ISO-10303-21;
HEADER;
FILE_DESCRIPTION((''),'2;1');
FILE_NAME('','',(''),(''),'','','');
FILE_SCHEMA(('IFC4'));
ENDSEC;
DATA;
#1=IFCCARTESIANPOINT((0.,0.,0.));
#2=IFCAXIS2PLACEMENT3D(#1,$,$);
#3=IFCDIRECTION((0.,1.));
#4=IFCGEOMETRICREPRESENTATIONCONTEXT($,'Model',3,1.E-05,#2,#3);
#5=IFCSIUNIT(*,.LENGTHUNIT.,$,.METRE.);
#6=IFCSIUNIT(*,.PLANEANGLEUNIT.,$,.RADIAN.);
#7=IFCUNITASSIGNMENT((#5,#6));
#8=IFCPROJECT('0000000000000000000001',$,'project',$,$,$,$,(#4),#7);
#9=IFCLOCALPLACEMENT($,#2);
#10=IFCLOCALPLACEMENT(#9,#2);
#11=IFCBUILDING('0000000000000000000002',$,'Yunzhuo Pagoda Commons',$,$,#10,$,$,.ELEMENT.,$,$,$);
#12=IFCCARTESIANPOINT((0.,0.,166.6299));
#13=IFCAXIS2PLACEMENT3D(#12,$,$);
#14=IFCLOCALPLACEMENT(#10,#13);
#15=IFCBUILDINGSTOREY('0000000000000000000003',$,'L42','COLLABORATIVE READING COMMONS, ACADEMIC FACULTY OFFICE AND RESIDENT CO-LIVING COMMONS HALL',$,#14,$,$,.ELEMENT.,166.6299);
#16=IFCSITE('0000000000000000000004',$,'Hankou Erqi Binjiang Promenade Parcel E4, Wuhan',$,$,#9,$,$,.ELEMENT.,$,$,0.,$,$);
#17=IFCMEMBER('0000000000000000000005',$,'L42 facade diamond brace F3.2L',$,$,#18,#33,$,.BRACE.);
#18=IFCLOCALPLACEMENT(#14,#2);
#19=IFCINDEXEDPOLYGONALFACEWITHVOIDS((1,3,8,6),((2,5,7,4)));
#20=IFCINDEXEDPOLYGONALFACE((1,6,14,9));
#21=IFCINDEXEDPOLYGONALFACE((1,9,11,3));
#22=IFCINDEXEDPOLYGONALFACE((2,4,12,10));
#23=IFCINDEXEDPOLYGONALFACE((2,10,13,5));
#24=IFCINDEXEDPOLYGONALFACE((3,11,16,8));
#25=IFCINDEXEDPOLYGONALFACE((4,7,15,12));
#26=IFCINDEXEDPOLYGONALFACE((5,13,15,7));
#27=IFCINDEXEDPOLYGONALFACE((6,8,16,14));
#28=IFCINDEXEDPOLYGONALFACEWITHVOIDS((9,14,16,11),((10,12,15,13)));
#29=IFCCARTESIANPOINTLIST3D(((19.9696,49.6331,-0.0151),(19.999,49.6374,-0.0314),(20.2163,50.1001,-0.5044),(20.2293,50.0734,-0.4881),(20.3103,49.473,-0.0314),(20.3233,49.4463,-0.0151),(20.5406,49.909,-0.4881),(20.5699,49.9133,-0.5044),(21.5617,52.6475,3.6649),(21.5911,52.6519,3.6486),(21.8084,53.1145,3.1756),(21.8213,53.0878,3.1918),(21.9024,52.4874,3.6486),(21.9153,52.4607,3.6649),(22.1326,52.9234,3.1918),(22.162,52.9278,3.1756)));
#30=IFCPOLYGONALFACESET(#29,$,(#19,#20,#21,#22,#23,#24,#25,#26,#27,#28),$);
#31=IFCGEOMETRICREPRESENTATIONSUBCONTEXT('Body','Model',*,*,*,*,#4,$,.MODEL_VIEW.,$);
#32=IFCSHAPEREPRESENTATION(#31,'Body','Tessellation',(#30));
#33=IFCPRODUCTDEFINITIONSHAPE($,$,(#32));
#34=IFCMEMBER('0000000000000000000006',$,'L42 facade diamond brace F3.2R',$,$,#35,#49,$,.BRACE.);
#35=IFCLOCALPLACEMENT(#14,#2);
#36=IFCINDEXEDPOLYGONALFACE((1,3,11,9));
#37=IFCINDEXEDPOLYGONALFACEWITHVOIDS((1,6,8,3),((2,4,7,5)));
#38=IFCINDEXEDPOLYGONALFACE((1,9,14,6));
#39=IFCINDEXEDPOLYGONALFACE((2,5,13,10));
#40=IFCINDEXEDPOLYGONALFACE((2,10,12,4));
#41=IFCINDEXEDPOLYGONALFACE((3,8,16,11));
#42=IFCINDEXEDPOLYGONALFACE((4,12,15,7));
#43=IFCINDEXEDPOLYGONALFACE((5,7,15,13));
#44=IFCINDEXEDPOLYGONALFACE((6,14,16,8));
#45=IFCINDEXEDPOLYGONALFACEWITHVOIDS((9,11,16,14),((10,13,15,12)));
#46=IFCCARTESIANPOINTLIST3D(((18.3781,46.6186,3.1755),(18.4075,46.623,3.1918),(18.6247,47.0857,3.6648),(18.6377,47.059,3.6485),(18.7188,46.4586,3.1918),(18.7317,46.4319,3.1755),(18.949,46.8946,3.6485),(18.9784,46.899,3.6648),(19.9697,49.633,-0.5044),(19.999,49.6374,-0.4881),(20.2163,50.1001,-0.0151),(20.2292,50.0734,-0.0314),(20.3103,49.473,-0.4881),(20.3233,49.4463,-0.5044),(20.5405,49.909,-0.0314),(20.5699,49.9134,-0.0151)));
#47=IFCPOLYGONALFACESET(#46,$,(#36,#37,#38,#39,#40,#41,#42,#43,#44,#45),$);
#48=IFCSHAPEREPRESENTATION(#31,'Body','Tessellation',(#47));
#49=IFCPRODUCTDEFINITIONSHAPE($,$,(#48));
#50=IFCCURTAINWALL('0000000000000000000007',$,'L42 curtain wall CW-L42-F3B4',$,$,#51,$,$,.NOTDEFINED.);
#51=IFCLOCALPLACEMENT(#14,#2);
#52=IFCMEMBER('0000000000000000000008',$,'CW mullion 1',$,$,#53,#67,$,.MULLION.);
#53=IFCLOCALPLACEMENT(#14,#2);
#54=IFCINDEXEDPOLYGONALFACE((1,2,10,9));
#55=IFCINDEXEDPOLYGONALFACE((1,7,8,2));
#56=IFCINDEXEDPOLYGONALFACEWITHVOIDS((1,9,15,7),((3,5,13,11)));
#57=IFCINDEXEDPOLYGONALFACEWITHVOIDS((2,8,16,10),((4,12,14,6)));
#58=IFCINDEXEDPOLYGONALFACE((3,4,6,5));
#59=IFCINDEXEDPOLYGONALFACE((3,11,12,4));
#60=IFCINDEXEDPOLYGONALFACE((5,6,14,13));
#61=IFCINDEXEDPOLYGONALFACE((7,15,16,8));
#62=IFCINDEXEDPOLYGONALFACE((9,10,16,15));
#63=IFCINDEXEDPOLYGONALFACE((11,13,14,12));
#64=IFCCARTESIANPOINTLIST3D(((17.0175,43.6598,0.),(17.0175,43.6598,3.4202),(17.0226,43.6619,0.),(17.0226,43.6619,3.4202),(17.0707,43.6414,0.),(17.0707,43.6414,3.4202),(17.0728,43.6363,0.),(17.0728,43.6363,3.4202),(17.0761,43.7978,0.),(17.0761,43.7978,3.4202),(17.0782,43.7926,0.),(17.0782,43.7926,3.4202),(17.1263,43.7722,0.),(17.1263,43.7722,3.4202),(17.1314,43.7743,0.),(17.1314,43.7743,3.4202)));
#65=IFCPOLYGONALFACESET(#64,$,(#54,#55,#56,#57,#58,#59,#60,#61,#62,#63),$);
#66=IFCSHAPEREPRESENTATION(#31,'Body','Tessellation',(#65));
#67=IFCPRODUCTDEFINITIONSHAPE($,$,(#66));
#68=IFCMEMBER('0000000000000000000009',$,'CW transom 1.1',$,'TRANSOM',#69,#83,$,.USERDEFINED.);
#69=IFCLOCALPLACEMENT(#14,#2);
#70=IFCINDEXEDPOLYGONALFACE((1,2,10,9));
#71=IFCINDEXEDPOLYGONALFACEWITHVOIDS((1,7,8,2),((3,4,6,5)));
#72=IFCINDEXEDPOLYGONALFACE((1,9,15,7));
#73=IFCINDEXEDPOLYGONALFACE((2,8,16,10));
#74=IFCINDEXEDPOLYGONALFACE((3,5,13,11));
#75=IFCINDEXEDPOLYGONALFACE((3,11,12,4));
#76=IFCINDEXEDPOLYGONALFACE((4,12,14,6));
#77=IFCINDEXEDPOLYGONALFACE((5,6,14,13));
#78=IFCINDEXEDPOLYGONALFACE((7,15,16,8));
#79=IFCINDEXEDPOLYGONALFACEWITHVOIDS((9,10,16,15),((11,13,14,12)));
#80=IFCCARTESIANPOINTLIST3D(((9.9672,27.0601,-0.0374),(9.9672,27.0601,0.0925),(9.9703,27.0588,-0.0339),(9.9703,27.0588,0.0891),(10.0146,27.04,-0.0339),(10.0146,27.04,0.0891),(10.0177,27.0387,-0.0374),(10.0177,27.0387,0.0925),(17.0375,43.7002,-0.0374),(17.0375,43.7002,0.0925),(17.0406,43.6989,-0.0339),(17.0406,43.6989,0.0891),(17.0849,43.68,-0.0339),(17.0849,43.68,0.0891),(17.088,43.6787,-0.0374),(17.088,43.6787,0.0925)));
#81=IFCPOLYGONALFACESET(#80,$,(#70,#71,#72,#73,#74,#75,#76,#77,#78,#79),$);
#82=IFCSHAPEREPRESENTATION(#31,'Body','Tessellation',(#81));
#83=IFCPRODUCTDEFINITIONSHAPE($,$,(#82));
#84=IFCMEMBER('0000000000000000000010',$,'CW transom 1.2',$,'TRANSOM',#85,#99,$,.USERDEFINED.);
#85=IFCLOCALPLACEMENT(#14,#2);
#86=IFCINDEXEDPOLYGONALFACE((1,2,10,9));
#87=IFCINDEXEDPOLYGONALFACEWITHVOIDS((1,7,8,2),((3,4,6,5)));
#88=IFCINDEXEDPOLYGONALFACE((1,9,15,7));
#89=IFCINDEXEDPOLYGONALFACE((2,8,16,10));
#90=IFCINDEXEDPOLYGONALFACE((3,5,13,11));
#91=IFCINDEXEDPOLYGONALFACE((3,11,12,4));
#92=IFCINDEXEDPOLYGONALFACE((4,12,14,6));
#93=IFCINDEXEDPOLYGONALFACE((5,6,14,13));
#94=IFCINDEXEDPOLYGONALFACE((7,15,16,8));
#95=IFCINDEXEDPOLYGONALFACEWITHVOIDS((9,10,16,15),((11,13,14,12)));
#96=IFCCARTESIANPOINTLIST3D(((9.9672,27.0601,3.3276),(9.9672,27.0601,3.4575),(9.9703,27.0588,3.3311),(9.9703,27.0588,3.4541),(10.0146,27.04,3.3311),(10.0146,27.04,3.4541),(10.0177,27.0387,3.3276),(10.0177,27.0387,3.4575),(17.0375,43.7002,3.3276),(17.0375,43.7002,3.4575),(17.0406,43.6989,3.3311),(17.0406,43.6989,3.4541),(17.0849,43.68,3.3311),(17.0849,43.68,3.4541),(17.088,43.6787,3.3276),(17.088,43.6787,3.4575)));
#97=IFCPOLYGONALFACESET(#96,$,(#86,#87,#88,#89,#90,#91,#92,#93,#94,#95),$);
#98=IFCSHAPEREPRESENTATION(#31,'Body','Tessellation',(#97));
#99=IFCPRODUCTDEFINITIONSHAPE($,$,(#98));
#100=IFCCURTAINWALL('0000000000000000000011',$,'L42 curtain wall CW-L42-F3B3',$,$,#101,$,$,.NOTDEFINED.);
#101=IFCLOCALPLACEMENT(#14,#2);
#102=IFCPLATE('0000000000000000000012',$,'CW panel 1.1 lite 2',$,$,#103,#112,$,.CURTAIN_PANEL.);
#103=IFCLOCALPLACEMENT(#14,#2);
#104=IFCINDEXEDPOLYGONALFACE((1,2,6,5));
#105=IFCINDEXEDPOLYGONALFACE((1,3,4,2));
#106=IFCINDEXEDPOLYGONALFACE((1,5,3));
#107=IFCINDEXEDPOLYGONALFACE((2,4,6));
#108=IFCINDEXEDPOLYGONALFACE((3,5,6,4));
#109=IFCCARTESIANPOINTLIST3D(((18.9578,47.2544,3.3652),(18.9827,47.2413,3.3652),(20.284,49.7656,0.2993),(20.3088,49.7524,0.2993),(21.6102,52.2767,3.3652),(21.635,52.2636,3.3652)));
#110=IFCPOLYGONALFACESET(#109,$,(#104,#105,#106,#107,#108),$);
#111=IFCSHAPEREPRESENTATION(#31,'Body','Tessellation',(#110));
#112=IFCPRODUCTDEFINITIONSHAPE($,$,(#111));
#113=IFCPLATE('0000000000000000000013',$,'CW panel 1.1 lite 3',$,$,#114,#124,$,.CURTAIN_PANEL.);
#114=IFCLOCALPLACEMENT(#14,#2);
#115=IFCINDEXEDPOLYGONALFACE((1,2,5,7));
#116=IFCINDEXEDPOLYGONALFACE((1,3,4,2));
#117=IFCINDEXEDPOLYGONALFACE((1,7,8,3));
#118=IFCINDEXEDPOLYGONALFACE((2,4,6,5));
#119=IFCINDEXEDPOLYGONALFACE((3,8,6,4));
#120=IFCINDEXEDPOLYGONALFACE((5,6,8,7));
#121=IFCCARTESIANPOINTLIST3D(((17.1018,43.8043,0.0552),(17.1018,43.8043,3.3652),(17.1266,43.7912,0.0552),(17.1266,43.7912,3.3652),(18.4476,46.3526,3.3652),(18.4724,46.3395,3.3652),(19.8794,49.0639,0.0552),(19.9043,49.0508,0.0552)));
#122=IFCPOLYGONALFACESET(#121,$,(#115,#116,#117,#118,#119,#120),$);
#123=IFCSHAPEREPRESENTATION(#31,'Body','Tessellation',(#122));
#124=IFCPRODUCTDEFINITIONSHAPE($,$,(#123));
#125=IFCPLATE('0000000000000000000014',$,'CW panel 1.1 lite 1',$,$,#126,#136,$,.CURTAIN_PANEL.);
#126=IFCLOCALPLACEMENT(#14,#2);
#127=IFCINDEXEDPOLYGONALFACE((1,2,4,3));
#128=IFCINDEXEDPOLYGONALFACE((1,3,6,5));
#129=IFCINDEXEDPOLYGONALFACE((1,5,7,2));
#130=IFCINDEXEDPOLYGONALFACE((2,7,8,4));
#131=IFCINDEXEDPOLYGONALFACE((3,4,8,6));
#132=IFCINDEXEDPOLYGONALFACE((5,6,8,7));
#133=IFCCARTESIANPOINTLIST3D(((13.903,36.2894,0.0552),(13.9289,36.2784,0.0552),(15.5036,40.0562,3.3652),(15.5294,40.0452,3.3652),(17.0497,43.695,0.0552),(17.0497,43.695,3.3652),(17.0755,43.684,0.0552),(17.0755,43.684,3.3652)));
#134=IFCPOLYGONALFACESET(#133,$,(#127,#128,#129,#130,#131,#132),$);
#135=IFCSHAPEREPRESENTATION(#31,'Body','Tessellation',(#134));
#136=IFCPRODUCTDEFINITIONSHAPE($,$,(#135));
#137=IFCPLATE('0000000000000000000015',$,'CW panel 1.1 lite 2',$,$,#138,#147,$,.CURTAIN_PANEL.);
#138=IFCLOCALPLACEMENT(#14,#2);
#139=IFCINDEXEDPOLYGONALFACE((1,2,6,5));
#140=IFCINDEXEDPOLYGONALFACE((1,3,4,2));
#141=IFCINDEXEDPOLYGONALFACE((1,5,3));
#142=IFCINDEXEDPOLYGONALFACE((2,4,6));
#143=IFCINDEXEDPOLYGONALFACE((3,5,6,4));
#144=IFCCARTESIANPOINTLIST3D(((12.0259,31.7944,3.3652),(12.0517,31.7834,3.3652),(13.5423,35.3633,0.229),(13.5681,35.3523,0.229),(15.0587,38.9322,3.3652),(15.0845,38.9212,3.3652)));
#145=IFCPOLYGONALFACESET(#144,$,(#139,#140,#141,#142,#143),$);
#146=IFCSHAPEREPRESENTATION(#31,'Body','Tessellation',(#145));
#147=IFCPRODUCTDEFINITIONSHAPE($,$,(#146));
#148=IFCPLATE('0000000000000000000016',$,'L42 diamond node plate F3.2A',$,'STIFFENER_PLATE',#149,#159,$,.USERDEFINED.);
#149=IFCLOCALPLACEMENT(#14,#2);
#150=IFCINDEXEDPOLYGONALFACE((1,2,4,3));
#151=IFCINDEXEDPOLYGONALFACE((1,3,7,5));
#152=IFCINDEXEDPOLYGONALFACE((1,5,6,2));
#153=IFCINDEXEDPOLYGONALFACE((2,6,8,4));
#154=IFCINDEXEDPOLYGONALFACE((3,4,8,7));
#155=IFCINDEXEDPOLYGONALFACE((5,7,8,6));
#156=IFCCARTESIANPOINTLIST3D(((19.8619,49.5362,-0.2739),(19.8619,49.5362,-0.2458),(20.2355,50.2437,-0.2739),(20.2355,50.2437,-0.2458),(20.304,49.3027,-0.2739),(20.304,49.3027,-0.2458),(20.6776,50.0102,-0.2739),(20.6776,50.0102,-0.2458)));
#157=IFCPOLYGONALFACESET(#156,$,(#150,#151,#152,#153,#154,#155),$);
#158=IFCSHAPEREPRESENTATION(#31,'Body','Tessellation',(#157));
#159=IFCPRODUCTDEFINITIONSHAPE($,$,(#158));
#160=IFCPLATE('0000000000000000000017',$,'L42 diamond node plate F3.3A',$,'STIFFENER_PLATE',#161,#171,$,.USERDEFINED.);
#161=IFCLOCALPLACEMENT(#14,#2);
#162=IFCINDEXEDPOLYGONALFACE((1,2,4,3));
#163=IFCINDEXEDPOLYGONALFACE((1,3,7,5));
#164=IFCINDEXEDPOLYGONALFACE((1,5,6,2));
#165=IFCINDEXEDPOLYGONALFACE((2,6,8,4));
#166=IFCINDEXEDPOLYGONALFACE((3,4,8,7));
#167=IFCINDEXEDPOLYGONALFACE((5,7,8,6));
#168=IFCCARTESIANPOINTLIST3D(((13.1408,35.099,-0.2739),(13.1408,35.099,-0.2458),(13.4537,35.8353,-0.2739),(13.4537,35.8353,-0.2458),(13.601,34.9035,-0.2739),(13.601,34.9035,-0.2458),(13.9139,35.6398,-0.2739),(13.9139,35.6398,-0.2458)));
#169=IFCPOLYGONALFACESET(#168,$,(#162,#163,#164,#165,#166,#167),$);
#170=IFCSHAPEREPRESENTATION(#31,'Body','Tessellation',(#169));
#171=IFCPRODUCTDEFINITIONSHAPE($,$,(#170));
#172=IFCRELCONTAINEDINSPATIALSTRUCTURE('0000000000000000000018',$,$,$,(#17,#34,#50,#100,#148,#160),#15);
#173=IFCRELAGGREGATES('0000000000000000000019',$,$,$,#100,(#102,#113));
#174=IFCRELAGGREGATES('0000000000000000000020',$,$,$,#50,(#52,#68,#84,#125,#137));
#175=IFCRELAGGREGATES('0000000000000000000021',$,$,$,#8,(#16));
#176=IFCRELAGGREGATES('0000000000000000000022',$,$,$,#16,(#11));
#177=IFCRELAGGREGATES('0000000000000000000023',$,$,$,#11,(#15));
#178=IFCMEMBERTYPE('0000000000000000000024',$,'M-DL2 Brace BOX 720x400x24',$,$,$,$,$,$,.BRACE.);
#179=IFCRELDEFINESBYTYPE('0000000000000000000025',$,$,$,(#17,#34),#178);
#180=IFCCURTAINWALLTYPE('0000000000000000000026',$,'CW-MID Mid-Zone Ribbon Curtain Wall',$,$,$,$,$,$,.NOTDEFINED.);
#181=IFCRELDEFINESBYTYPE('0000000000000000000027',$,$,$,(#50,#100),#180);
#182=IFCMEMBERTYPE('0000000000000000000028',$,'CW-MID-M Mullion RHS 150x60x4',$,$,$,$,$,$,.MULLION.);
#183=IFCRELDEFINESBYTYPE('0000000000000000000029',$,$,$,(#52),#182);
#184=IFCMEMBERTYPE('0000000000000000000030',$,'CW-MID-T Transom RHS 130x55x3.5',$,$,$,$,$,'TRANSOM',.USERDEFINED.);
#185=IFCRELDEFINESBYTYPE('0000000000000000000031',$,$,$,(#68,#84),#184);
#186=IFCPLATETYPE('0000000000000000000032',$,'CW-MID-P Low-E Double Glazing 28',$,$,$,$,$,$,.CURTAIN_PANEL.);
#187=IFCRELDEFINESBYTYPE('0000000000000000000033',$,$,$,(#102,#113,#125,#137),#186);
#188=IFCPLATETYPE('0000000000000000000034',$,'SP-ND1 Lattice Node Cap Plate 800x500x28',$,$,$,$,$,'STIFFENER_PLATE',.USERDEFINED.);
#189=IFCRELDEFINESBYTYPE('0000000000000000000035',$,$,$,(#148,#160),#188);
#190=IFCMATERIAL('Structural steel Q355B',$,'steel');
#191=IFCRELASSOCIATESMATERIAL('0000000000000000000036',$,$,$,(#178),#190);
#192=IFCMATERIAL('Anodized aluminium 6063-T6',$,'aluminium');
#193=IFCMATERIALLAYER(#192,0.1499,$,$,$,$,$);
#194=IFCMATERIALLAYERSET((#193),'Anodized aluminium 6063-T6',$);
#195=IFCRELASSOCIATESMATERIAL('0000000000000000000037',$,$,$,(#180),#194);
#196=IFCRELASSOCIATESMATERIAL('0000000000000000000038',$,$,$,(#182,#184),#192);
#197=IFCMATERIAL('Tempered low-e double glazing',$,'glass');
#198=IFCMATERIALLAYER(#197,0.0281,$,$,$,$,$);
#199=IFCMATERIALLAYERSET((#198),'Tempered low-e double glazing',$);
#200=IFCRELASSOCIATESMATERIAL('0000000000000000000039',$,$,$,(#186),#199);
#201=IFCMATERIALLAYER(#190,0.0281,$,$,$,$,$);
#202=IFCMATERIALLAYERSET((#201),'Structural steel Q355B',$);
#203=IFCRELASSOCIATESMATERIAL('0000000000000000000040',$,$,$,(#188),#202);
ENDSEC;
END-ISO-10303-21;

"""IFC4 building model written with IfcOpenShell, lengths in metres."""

from ifc_helpers import new_model, si_unit, direction, frame, origin, origin_2d, place, context, subcontext, project, spatial, polyline, rectangle, hollow_rectangle, outline, extrude, source, transform, mapped, material, layer, layer_set, material_profile, profile_set, type_object, element, aggregate, save


model = new_model("IFC4")

# Units and contexts
model_context = context("Model", 3, precision=1e-05, world=origin(), true_north=direction((0.0, 1.0)))
body_context = subcontext(model_context, "Body", "Model", "MODEL_VIEW")
ifc_project = project(units=[si_unit("LENGTHUNIT", "METRE"), si_unit("PLANEANGLEUNIT", "RADIAN")], contexts=[model_context])

# Site, building, storey
site_placement = place(None, origin())
site = spatial("IfcSite", under=ifc_project, at=site_placement, Name="Hankou Erqi Binjiang Promenade Parcel E4, Wuhan", CompositionType="ELEMENT", RefElevation=0.0)
building_placement = place(site_placement, origin())
building = spatial("IfcBuilding", under=site, at=building_placement, Name="Yunzhuo Pagoda Commons", CompositionType="ELEMENT")
storey_placement = place(building_placement, frame((0.0, 0.0, 166.6299)))
storey = spatial("IfcBuildingStorey", under=building, at=storey_placement, Name="L42", Description="COLLABORATIVE READING COMMONS, ACADEMIC FACULTY OFFICE AND RESIDENT CO-LIVING COMMONS HALL", CompositionType="ELEMENT", Elevation=166.6299)

# Shared definitions
ifc_material_1 = material(Name="Structural steel Q355B", Category="steel")

# Members
ifc_material_profile_1 = material_profile(ifc_material_1, hollow_rectangle(XDim=0.3999, YDim=0.72, WallThickness=0.0239, at=origin_2d()), Name="Structural steel Q355B")
ifc_profile_set_1 = profile_set([ifc_material_profile_1], Name="Structural steel Q355B")
member_type_1 = type_object("IfcMemberType", Name="M-DL2 Brace BOX 720x400x24", PredefinedType="BRACE", material=ifc_profile_set_1)
shared_shape_1 = source(origin(), body_context, "Body", "SweptSolid", [
    extrude(hollow_rectangle(XDim=0.3999, YDim=0.72, WallThickness=0.0239, at=origin_2d()), origin(), (0.0, 0.0, 1.0), 5.0164),
])
member_1_placement = place(storey_placement, frame((20.2698, 49.7732, -0.2598), z_axis=(0.317374, 0.600924, 0.733597), x_axis=(-0.884251, 0.467012, 0.0)))
element("IfcMember", 1, at=member_1_placement, inside=storey, type_object=member_type_1, Name="L42 facade diamond brace F3.2L", PredefinedType="BRACE", context=body_context, shape_type="MappedRepresentation", body=[
    mapped(shared_shape_1, transform((0.0, 0.0, 0.0), scale=1.0)),
])
shared_shape_2 = source(origin(), body_context, "Body", "SweptSolid", [
    extrude(hollow_rectangle(XDim=0.3999, YDim=0.72, WallThickness=0.0239, at=origin_2d()), origin(), (0.0, 0.0, 1.0), 5.0161),
])
member_2_placement = place(storey_placement, frame((20.2698, 49.7732, -0.2598), z_axis=(-0.317287, -0.600942, 0.73362), x_axis=(0.88431, -0.4669, 0.0)))
element("IfcMember", 2, at=member_2_placement, inside=storey, type_object=member_type_1, Name="L42 facade diamond brace F3.2R", PredefinedType="BRACE", context=body_context, shape_type="MappedRepresentation", body=[
    mapped(shared_shape_2, transform((0.0, 0.0, 0.0), scale=1.0)),
])

# Curtain wall, members
ifc_material_2 = material(Name="Anodized aluminium 6063-T6", Category="aluminium")
ifc_layer_1 = layer(ifc_material_2, 0.1499)
ifc_layer_set_1 = layer_set([ifc_layer_1], Name="Anodized aluminium 6063-T6")
curtain_wall_type = type_object("IfcCurtainWallType", Name="CW-MID Mid-Zone Ribbon Curtain Wall", PredefinedType="NOTDEFINED", material=ifc_layer_set_1)
curtain_wall_1_placement = place(storey_placement, origin())
curtain_wall_1 = element("IfcCurtainWall", 3, at=curtain_wall_1_placement, inside=storey, type_object=curtain_wall_type, Name="L42 curtain wall CW-L42-F3B4", PredefinedType="NOTDEFINED")
ifc_material_profile_2 = material_profile(ifc_material_2, hollow_rectangle(XDim=0.0601, YDim=0.1499, WallThickness=0.0039, at=origin_2d()), Name="Anodized aluminium 6063-T6")
ifc_profile_set_2 = profile_set([ifc_material_profile_2], Name="Anodized aluminium 6063-T6")
member_type_2 = type_object("IfcMemberType", Name="CW-MID-M Mullion RHS 150x60x4", PredefinedType="MULLION", material=ifc_profile_set_2)
shared_shape_3 = source(origin(), body_context, "Body", "SweptSolid", [
    extrude(hollow_rectangle(XDim=0.0601, YDim=0.1499, WallThickness=0.0039, at=origin_2d()), origin(), (0.0, 0.0, 1.0), 3.4202),
])
member_3_placement = place(storey_placement, frame((17.0745, 43.717, 0.0), z_axis=(0.0, 0.0, 1.0), x_axis=(0.920364, -0.391063, 0.0)))
member_3 = element("IfcMember", 4, at=member_3_placement, type_object=member_type_2, Name="CW mullion 1", PredefinedType="MULLION", context=body_context, shape_type="MappedRepresentation", body=[
    mapped(shared_shape_3, transform((0.0, 0.0, 0.0), scale=1.0)),
])
ifc_material_profile_3 = material_profile(ifc_material_2, hollow_rectangle(XDim=0.0549, YDim=0.1299, WallThickness=0.0034, at=origin_2d()), Name="Anodized aluminium 6063-T6")
ifc_profile_set_3 = profile_set([ifc_material_profile_3], Name="Anodized aluminium 6063-T6")
member_type_3 = type_object("IfcMemberType", Name="CW-MID-T Transom RHS 130x55x3.5", ElementType="TRANSOM", PredefinedType="USERDEFINED", material=ifc_profile_set_3)
shared_shape_4 = source(origin(), body_context, "Body", "SweptSolid", [
    extrude(hollow_rectangle(XDim=0.0549, YDim=0.1299, WallThickness=0.0034, at=origin_2d()), origin(), (0.0, 0.0, 1.0), 18.0798),
])
member_4_placement = place(storey_placement, frame((17.0627, 43.6895, 0.0276), z_axis=(-0.391059, -0.920366, 0.0), x_axis=(0.920366, -0.391059, 0.0)))
member_4 = element("IfcMember", 5, at=member_4_placement, type_object=member_type_3, Name="CW transom 1.1", ObjectType="TRANSOM", PredefinedType="USERDEFINED", context=body_context, shape_type="MappedRepresentation", body=[
    mapped(shared_shape_4, transform((0.0, 0.0, 0.0), scale=1.0)),
])
member_5_placement = place(storey_placement, frame((17.0627, 43.6895, 3.3926), z_axis=(-0.391059, -0.920366, 0.0), x_axis=(0.920366, -0.391059, 0.0)))
member_5 = element("IfcMember", 6, at=member_5_placement, type_object=member_type_3, Name="CW transom 1.2", ObjectType="TRANSOM", PredefinedType="USERDEFINED", context=body_context, shape_type="MappedRepresentation", body=[
    mapped(shared_shape_4, transform((0.0, 0.0, 0.0), scale=1.0)),
])

# Curtain wall, plates
curtain_wall_2_placement = place(storey_placement, origin())
curtain_wall_2 = element("IfcCurtainWall", 7, at=curtain_wall_2_placement, inside=storey, type_object=curtain_wall_type, Name="L42 curtain wall CW-L42-F3B3", PredefinedType="NOTDEFINED")
ifc_material_3 = material(Name="Tempered low-e double glazing", Category="glass")
ifc_layer_2 = layer(ifc_material_3, 0.0281)
ifc_layer_set_2 = layer_set([ifc_layer_2], Name="Tempered low-e double glazing")
plate_type_1 = type_object("IfcPlateType", Name="CW-MID-P Low-E Double Glazing 28", PredefinedType="CURTAIN_PANEL", material=ifc_layer_set_2)
plate_1_placement = place(storey_placement, frame((20.3088, 49.7524, 1.8323), z_axis=(-0.884263, 0.46699, 0.0), x_axis=(-0.46699, -0.884263, 0.0)))
plate_1 = element("IfcPlate", 8, at=plate_1_placement, type_object=plate_type_1, Name="CW panel 1.1 lite 2", PredefinedType="CURTAIN_PANEL", context=body_context, shape_type="SweptSolid", body=[
    extrude(outline(polyline([(-2.8398, 1.533), (0.0, -1.533), (2.8398, 1.533), (-2.8398, 1.533)])), origin(), (0.0, 0.0, 1.0), 0.0281),
])
plate_2_placement = place(storey_placement, frame((18.5154, 46.4209, 1.7102), z_axis=(-0.884263, 0.46699, 0.0), x_axis=(-0.46699, -0.884263, 0.0)))
plate_2 = element("IfcPlate", 9, at=plate_2_placement, type_object=plate_type_1, Name="CW panel 1.1 lite 3", PredefinedType="CURTAIN_PANEL", context=body_context, shape_type="SweptSolid", body=[
    extrude(outline(polyline([(-2.9741, -1.655), (2.9739, -1.655), (2.9739, 1.655), (0.092, 1.655), (-2.9741, -1.655)])), origin(), (0.0, 0.0, 1.0), 0.0281),
])
aggregate(curtain_wall_2, [plate_1, plate_2])

# Plates
plate_3_placement = place(storey_placement, frame((15.5022, 39.9812, 1.7102), z_axis=(-0.920364, 0.391063, 0.0), x_axis=(-0.391063, -0.920364, 0.0)))
plate_3 = element("IfcPlate", 10, at=plate_3_placement, type_object=plate_type_1, Name="CW panel 1.1 lite 1", PredefinedType="CURTAIN_PANEL", context=body_context, shape_type="SweptSolid", body=[
    extrude(outline(polyline([(-4.0232, -1.655), (4.0232, -1.655), (-0.0696, 1.655), (-4.0232, 1.655), (-4.0232, -1.655)])), origin(), (0.0, 0.0, 1.0), 0.0281),
])
plate_4_placement = place(storey_placement, frame((13.5681, 35.3523, 1.7971), z_axis=(-0.920364, 0.391063, 0.0), x_axis=(-0.391063, -0.920364, 0.0)))
plate_4 = element("IfcPlate", 11, at=plate_4_placement, type_object=plate_type_1, Name="CW panel 1.1 lite 2", PredefinedType="CURTAIN_PANEL", context=body_context, shape_type="SweptSolid", body=[
    extrude(outline(polyline([(-3.8777, 1.5681), (0.0, -1.5681), (3.8777, 1.5681), (-3.8777, 1.5681)])), origin(), (0.0, 0.0, 1.0), 0.0281),
])
aggregate(curtain_wall_1, [member_3, member_4, member_5, plate_3, plate_4])

# Plates
ifc_layer_3 = layer(ifc_material_1, 0.0281)
ifc_layer_set_3 = layer_set([ifc_layer_3], Name="Structural steel Q355B")
plate_type_2 = type_object("IfcPlateType", Name="SP-ND1 Lattice Node Cap Plate 800x500x28", ElementType="STIFFENER_PLATE", PredefinedType="USERDEFINED", material=ifc_layer_set_3)
shared_shape_5 = source(origin(), body_context, "Body", "SweptSolid", [
    extrude(rectangle(XDim=0.8, YDim=0.5, at=origin_2d()), origin(), (0.0, 0.0, 1.0), 0.0281),
])
for number, where, z_axis, x_axis, name in (
    (12, (20.2698, 49.7732, -0.2739), (0.0, 0.0, 1.0), (-0.466989, -0.884263, 0.0), "L42 diamond node plate F3.2A"),
    (13, (13.5273, 35.3694, -0.2739), (0.0, 0.0, 1.0), (-0.391068, -0.920362, 0.0), "L42 diamond node plate F3.3A"),
):
    element("IfcPlate", number, at=place(storey_placement, frame(where, z_axis=z_axis, x_axis=x_axis)), inside=storey, type_object=plate_type_2, Name=name, ObjectType="STIFFENER_PLATE", PredefinedType="USERDEFINED", context=body_context, shape_type="MappedRepresentation", body=[
        mapped(shared_shape_5, transform((0.0, 0.0, 0.0), scale=1.0)),
    ])

save(model, "model.ifc")
